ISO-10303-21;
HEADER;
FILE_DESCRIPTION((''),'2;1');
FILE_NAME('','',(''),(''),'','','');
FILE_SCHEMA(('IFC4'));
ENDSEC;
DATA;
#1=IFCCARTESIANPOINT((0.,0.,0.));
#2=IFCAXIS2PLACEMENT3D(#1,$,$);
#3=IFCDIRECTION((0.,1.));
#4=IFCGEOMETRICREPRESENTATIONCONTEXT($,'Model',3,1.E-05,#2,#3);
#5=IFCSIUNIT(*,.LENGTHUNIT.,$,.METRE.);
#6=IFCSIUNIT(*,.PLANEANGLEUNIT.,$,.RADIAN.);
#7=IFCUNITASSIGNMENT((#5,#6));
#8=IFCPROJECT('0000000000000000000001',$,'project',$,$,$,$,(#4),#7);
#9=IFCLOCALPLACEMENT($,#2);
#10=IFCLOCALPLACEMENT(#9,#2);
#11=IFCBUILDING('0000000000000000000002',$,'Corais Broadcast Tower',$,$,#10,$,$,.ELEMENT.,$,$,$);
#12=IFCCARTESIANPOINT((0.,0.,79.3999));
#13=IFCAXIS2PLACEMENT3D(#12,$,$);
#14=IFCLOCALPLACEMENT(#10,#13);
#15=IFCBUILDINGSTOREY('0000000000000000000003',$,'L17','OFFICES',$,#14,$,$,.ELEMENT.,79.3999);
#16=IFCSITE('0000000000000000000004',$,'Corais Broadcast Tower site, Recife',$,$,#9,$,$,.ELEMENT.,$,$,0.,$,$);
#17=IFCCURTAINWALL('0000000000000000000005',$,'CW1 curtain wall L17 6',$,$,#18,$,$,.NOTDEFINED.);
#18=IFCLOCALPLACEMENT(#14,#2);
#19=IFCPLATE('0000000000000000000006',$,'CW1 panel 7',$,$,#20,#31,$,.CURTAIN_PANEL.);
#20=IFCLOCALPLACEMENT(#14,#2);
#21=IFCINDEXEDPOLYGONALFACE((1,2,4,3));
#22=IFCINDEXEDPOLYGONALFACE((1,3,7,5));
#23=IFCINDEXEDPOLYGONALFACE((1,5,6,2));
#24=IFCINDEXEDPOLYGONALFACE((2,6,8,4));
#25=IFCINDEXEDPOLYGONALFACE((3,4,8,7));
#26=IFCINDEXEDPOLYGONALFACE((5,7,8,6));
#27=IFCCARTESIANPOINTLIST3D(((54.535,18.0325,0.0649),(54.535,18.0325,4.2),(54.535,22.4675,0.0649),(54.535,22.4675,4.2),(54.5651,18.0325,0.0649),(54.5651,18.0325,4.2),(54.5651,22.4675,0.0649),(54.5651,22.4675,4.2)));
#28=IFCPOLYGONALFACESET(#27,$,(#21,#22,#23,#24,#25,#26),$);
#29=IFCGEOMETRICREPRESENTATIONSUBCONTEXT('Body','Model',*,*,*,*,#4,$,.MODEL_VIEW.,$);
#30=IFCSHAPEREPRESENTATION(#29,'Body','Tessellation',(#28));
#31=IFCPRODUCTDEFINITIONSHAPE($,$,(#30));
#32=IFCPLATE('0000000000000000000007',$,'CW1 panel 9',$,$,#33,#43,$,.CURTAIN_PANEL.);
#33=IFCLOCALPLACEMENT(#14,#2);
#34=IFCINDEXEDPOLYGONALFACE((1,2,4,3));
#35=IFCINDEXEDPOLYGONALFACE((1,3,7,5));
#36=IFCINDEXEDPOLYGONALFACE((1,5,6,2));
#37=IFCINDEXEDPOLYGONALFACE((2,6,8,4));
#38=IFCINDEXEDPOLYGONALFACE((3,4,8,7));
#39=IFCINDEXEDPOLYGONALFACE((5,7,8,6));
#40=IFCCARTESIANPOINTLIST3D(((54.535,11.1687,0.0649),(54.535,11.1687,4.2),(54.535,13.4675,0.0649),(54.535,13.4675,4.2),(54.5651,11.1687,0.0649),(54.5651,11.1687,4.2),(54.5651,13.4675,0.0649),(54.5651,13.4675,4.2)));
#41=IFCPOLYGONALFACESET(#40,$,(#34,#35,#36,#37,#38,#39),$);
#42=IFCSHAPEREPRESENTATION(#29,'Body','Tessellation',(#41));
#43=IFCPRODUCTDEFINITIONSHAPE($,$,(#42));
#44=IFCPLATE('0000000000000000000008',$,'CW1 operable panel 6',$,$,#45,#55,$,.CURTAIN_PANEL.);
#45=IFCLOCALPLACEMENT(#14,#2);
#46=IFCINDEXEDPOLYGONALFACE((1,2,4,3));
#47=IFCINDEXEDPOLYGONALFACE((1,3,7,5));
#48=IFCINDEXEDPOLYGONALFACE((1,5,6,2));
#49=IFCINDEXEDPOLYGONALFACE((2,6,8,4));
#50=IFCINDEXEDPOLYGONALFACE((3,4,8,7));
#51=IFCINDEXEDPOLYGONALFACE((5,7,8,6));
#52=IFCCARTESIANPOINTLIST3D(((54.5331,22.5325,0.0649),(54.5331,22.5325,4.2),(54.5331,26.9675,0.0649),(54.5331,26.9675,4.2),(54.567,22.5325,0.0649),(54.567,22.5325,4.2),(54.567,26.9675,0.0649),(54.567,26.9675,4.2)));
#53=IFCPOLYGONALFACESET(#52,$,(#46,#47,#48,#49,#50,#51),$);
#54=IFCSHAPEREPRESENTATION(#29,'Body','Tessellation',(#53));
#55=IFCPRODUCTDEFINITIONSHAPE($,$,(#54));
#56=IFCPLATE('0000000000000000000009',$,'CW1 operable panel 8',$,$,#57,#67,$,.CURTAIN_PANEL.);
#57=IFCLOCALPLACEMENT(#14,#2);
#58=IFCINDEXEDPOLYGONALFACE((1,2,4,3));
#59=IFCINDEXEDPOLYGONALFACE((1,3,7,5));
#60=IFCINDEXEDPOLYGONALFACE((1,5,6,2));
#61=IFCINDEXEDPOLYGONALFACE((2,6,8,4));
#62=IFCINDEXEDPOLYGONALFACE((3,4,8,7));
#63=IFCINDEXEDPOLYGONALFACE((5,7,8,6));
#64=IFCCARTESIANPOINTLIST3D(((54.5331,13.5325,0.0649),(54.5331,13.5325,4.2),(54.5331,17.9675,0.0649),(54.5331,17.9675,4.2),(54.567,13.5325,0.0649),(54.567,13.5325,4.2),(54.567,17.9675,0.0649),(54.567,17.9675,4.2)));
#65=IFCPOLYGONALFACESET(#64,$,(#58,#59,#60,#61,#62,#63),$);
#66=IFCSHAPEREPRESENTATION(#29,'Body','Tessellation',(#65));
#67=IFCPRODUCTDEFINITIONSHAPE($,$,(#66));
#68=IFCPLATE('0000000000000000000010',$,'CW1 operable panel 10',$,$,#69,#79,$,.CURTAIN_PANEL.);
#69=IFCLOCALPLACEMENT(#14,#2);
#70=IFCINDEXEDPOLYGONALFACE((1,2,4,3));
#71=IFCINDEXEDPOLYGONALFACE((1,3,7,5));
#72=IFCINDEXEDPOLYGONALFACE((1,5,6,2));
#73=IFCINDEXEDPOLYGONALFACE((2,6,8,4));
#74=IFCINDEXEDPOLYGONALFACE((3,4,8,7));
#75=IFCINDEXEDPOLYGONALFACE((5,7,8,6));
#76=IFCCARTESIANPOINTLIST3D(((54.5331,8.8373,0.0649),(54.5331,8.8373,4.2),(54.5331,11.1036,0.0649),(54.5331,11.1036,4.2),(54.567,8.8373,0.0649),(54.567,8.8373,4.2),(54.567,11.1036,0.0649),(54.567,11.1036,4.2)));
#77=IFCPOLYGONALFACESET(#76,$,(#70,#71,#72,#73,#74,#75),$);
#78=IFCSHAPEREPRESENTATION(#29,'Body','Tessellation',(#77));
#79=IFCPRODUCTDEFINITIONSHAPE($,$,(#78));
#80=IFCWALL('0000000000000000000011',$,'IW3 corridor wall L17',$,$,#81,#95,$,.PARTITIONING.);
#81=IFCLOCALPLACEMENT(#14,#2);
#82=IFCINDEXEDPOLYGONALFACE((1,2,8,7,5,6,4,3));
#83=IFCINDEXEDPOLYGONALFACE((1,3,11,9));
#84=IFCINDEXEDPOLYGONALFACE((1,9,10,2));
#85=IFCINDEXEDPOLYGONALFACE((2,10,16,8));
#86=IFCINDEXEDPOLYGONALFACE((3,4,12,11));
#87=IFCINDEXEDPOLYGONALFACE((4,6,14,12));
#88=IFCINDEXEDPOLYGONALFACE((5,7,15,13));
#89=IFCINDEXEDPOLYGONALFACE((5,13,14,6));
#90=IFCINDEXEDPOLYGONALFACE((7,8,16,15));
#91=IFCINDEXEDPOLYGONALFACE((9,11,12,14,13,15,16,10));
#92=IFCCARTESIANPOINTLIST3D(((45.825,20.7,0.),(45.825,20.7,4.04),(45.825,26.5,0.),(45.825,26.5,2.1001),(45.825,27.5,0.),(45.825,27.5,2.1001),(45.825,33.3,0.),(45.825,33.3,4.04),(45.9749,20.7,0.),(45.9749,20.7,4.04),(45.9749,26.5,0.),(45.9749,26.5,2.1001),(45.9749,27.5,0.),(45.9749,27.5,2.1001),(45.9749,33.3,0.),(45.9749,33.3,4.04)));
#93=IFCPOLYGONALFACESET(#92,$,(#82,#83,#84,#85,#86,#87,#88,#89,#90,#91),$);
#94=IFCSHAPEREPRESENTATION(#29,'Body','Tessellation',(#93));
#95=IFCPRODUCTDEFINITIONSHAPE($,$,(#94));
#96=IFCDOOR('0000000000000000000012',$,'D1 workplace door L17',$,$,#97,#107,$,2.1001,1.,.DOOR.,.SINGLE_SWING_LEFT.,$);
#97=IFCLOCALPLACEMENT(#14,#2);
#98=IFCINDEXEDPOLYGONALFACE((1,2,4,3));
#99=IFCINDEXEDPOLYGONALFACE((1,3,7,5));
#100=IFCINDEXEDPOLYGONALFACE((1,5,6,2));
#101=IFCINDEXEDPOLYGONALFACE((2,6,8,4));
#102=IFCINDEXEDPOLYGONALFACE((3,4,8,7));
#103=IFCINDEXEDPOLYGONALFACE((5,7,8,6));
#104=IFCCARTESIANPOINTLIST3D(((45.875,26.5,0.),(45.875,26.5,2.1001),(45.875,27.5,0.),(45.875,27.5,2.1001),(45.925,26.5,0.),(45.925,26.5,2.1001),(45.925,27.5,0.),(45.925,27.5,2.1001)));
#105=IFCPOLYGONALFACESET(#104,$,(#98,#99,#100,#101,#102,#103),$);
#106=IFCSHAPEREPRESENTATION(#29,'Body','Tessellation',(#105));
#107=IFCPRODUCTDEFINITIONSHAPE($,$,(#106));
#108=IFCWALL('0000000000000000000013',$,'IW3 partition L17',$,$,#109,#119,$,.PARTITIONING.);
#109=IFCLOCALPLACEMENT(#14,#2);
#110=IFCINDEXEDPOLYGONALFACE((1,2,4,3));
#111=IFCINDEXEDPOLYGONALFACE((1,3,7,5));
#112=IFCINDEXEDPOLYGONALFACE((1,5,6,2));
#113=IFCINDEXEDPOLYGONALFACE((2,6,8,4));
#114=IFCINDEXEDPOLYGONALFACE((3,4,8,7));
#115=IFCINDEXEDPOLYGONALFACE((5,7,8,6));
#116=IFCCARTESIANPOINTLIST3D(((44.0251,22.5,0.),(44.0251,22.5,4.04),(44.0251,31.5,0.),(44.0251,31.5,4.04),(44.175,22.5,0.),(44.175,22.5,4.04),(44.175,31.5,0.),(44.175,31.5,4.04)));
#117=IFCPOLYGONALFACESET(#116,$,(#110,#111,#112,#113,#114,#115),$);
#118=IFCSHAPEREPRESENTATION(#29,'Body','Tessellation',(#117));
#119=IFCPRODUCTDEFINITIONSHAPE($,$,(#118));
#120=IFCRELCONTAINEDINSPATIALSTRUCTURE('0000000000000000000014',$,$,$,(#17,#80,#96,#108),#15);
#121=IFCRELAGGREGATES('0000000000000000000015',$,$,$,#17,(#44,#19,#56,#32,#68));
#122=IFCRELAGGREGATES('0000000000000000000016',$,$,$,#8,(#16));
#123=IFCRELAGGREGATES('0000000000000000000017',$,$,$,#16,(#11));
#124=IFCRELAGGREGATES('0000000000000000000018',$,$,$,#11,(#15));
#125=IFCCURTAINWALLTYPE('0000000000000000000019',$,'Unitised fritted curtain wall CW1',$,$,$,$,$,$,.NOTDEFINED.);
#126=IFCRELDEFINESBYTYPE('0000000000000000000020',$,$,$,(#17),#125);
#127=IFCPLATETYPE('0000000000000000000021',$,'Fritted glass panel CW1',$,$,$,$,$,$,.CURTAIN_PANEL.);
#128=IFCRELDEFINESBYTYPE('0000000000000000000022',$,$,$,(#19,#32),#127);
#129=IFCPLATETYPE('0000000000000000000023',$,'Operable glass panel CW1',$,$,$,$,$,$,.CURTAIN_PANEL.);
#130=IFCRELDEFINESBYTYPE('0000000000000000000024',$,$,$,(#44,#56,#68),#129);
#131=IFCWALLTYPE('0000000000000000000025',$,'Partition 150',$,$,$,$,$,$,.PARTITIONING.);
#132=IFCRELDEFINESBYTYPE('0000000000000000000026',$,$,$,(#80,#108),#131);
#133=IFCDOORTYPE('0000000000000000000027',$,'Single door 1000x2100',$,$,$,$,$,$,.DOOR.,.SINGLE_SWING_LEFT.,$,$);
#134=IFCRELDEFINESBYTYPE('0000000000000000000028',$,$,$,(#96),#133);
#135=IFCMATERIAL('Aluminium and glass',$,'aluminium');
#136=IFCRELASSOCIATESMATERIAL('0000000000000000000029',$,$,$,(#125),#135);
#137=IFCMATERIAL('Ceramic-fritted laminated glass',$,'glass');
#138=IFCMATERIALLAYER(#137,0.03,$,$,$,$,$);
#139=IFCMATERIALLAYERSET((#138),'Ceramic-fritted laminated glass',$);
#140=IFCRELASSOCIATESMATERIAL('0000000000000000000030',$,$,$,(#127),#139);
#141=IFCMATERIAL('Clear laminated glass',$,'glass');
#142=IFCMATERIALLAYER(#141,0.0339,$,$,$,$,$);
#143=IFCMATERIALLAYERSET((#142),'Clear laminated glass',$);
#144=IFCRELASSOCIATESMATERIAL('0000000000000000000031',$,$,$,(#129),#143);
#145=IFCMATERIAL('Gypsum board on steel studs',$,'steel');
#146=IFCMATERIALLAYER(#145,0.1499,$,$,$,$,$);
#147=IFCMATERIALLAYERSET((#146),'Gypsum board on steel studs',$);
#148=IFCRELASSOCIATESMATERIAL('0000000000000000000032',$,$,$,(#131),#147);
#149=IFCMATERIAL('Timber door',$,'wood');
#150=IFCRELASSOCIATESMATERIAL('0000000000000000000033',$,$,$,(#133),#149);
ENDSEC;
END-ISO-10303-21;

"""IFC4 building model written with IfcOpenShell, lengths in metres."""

from ifc_helpers import new_model, si_unit, direction, frame, frame_2d, origin, origin_2d, place, context, subcontext, project, spatial, rectangle, extrude, material, layer, layer_set, type_object, element, fill, aggregate, save


model = new_model("IFC4")

# Units and contexts
model_context = context("Model", 3, precision=1e-05, world=origin(), true_north=direction((0.0, 1.0)))
body_context = subcontext(model_context, "Body", "Model", "MODEL_VIEW")
ifc_project = project(units=[si_unit("LENGTHUNIT", "METRE"), si_unit("PLANEANGLEUNIT", "RADIAN")], contexts=[model_context])

# Site, building, storey
site_placement = place(None, origin())
site = spatial("IfcSite", under=ifc_project, at=site_placement, Name="Corais Broadcast Tower site, Recife", CompositionType="ELEMENT", RefElevation=0.0)
building_placement = place(site_placement, origin())
building = spatial("IfcBuilding", under=site, at=building_placement, Name="Corais Broadcast Tower", CompositionType="ELEMENT")
storey_placement = place(building_placement, frame((0.0, 0.0, 79.3999)))
storey = spatial("IfcBuildingStorey", under=building, at=storey_placement, Name="L17", Description="OFFICES", CompositionType="ELEMENT", Elevation=79.3999)

# Curtain wall
ifc_material_1 = material(Name="Aluminium and glass", Category="aluminium")
curtain_wall_type = type_object("IfcCurtainWallType", Name="Unitised fritted curtain wall CW1", PredefinedType="NOTDEFINED", material=ifc_material_1)
curtain_wall_placement = place(storey_placement, origin())
curtain_wall = element("IfcCurtainWall", 1, at=curtain_wall_placement, inside=storey, type_object=curtain_wall_type, Name="CW1 curtain wall L17 6", PredefinedType="NOTDEFINED")

# Plates
ifc_material_2 = material(Name="Ceramic-fritted laminated glass", Category="glass")
ifc_layer_1 = layer(ifc_material_2, 0.03)
ifc_layer_set_1 = layer_set([ifc_layer_1], Name="Ceramic-fritted laminated glass")
plate_type_1 = type_object("IfcPlateType", Name="Fritted glass panel CW1", PredefinedType="CURTAIN_PANEL", material=ifc_layer_set_1)
plate_1_placement = place(storey_placement, frame((54.55, 20.25, 0.0649), z_axis=(0.0, 0.0, 1.0), x_axis=(0.0, -1.0, 0.0)))
plate_1 = element("IfcPlate", 2, at=plate_1_placement, type_object=plate_type_1, Name="CW1 panel 7", PredefinedType="CURTAIN_PANEL", context=body_context, shape_type="SweptSolid", body=[
    extrude(rectangle(XDim=4.4351, YDim=0.03, at=origin_2d()), origin(), (0.0, 0.0, 1.0), 4.135),
])
plate_2_placement = place(storey_placement, frame((54.55, 12.3181, 0.0649), z_axis=(0.0, 0.0, 1.0), x_axis=(0.0, -1.0, 0.0)))
plate_2 = element("IfcPlate", 3, at=plate_2_placement, type_object=plate_type_1, Name="CW1 panel 9", PredefinedType="CURTAIN_PANEL", context=body_context, shape_type="SweptSolid", body=[
    extrude(rectangle(XDim=2.2988, YDim=0.03, at=origin_2d()), origin(), (0.0, 0.0, 1.0), 4.135),
])
ifc_material_3 = material(Name="Clear laminated glass", Category="glass")
ifc_layer_2 = layer(ifc_material_3, 0.0339)
ifc_layer_set_2 = layer_set([ifc_layer_2], Name="Clear laminated glass")
plate_type_2 = type_object("IfcPlateType", Name="Operable glass panel CW1", PredefinedType="CURTAIN_PANEL", material=ifc_layer_set_2)
plate_3_placement = place(storey_placement, frame((54.55, 24.75, 0.0649), z_axis=(0.0, 0.0, 1.0), x_axis=(0.0, -1.0, 0.0)))
plate_3 = element("IfcPlate", 4, at=plate_3_placement, type_object=plate_type_2, Name="CW1 operable panel 6", PredefinedType="CURTAIN_PANEL", context=body_context, shape_type="SweptSolid", body=[
    extrude(rectangle(XDim=4.4351, YDim=0.0339, at=origin_2d()), origin(), (0.0, 0.0, 1.0), 4.135),
])
plate_4_placement = place(storey_placement, frame((54.55, 15.75, 0.0649), z_axis=(0.0, 0.0, 1.0), x_axis=(0.0, -1.0, 0.0)))
plate_4 = element("IfcPlate", 5, at=plate_4_placement, type_object=plate_type_2, Name="CW1 operable panel 8", PredefinedType="CURTAIN_PANEL", context=body_context, shape_type="SweptSolid", body=[
    extrude(rectangle(XDim=4.4351, YDim=0.0339, at=origin_2d()), origin(), (0.0, 0.0, 1.0), 4.135),
])
plate_5_placement = place(storey_placement, frame((54.55, 9.9705, 0.0649), z_axis=(0.0, 0.0, 1.0), x_axis=(0.0, -1.0, 0.0)))
plate_5 = element("IfcPlate", 6, at=plate_5_placement, type_object=plate_type_2, Name="CW1 operable panel 10", PredefinedType="CURTAIN_PANEL", context=body_context, shape_type="SweptSolid", body=[
    extrude(rectangle(XDim=2.2664, YDim=0.0339, at=origin_2d()), origin(), (0.0, 0.0, 1.0), 4.135),
])
aggregate(curtain_wall, [plate_3, plate_1, plate_4, plate_2, plate_5])

# Wall, opening, door
ifc_material_4 = material(Name="Gypsum board on steel studs", Category="steel")
ifc_layer_3 = layer(ifc_material_4, 0.1499)
ifc_layer_set_3 = layer_set([ifc_layer_3], Name="Gypsum board on steel studs")
wall_type = type_object("IfcWallType", Name="Partition 150", PredefinedType="PARTITIONING", material=ifc_layer_set_3)
wall_1_placement = place(storey_placement, frame((45.8999, 20.7, 0.0), z_axis=(0.0, 0.0, 1.0), x_axis=(0.0, 1.0, 0.0)))
wall_1 = element("IfcWall", 7, at=wall_1_placement, inside=storey, type_object=wall_type, Name="IW3 corridor wall L17", PredefinedType="PARTITIONING", context=body_context, shape_type="SweptSolid", body=[
    extrude(rectangle(XDim=12.6001, YDim=0.1499, at=frame_2d((6.3, 0.0))), origin(), (0.0, 0.0, 1.0), 4.04),
])
opening_placement = place(wall_1_placement, frame((5.8, 0.0, 0.0)))
opening = element("IfcOpeningElement", 8, at=opening_placement, cuts=wall_1, PredefinedType="OPENING", context=body_context, shape_type="SweptSolid", body=[
    extrude(rectangle(XDim=1.0, YDim=2.1001, at=frame_2d((0.5, 1.05))), frame((0.0, 0.085, 0.0), z_axis=(0.0, -1.0, 0.0), x_axis=(1.0, 0.0, 0.0)), (0.0, 0.0, 1.0), 0.1699),
])
ifc_material_5 = material(Name="Timber door", Category="wood")
door_type = type_object("IfcDoorType", Name="Single door 1000x2100", OperationType="SINGLE_SWING_LEFT", PredefinedType="DOOR", material=ifc_material_5)
door_placement = place(opening_placement, origin())
door = element("IfcDoor", 9, at=door_placement, inside=storey, type_object=door_type, Name="D1 workplace door L17", OperationType="SINGLE_SWING_LEFT", OverallHeight=2.1001, OverallWidth=1.0, PredefinedType="DOOR", context=body_context, shape_type="SweptSolid", body=[
    extrude(rectangle(XDim=1.0, YDim=2.1001, at=frame_2d((0.5, 1.05))), frame((0.0, 0.0249, 0.0), z_axis=(0.0, -1.0, 0.0), x_axis=(1.0, 0.0, 0.0)), (0.0, 0.0, 1.0), 0.05),
])
fill(opening, door)

# Wall
wall_2_placement = place(storey_placement, frame((44.1001, 22.5, 0.0), z_axis=(0.0, 0.0, 1.0), x_axis=(0.0, 1.0, 0.0)))
element("IfcWall", 10, at=wall_2_placement, inside=storey, type_object=wall_type, Name="IW3 partition L17", PredefinedType="PARTITIONING", context=body_context, shape_type="SweptSolid", body=[
    extrude(rectangle(XDim=9.0, YDim=0.1499, at=frame_2d((4.5, 0.0))), origin(), (0.0, 0.0, 1.0), 4.04),
])

save(model, "model.ifc")
